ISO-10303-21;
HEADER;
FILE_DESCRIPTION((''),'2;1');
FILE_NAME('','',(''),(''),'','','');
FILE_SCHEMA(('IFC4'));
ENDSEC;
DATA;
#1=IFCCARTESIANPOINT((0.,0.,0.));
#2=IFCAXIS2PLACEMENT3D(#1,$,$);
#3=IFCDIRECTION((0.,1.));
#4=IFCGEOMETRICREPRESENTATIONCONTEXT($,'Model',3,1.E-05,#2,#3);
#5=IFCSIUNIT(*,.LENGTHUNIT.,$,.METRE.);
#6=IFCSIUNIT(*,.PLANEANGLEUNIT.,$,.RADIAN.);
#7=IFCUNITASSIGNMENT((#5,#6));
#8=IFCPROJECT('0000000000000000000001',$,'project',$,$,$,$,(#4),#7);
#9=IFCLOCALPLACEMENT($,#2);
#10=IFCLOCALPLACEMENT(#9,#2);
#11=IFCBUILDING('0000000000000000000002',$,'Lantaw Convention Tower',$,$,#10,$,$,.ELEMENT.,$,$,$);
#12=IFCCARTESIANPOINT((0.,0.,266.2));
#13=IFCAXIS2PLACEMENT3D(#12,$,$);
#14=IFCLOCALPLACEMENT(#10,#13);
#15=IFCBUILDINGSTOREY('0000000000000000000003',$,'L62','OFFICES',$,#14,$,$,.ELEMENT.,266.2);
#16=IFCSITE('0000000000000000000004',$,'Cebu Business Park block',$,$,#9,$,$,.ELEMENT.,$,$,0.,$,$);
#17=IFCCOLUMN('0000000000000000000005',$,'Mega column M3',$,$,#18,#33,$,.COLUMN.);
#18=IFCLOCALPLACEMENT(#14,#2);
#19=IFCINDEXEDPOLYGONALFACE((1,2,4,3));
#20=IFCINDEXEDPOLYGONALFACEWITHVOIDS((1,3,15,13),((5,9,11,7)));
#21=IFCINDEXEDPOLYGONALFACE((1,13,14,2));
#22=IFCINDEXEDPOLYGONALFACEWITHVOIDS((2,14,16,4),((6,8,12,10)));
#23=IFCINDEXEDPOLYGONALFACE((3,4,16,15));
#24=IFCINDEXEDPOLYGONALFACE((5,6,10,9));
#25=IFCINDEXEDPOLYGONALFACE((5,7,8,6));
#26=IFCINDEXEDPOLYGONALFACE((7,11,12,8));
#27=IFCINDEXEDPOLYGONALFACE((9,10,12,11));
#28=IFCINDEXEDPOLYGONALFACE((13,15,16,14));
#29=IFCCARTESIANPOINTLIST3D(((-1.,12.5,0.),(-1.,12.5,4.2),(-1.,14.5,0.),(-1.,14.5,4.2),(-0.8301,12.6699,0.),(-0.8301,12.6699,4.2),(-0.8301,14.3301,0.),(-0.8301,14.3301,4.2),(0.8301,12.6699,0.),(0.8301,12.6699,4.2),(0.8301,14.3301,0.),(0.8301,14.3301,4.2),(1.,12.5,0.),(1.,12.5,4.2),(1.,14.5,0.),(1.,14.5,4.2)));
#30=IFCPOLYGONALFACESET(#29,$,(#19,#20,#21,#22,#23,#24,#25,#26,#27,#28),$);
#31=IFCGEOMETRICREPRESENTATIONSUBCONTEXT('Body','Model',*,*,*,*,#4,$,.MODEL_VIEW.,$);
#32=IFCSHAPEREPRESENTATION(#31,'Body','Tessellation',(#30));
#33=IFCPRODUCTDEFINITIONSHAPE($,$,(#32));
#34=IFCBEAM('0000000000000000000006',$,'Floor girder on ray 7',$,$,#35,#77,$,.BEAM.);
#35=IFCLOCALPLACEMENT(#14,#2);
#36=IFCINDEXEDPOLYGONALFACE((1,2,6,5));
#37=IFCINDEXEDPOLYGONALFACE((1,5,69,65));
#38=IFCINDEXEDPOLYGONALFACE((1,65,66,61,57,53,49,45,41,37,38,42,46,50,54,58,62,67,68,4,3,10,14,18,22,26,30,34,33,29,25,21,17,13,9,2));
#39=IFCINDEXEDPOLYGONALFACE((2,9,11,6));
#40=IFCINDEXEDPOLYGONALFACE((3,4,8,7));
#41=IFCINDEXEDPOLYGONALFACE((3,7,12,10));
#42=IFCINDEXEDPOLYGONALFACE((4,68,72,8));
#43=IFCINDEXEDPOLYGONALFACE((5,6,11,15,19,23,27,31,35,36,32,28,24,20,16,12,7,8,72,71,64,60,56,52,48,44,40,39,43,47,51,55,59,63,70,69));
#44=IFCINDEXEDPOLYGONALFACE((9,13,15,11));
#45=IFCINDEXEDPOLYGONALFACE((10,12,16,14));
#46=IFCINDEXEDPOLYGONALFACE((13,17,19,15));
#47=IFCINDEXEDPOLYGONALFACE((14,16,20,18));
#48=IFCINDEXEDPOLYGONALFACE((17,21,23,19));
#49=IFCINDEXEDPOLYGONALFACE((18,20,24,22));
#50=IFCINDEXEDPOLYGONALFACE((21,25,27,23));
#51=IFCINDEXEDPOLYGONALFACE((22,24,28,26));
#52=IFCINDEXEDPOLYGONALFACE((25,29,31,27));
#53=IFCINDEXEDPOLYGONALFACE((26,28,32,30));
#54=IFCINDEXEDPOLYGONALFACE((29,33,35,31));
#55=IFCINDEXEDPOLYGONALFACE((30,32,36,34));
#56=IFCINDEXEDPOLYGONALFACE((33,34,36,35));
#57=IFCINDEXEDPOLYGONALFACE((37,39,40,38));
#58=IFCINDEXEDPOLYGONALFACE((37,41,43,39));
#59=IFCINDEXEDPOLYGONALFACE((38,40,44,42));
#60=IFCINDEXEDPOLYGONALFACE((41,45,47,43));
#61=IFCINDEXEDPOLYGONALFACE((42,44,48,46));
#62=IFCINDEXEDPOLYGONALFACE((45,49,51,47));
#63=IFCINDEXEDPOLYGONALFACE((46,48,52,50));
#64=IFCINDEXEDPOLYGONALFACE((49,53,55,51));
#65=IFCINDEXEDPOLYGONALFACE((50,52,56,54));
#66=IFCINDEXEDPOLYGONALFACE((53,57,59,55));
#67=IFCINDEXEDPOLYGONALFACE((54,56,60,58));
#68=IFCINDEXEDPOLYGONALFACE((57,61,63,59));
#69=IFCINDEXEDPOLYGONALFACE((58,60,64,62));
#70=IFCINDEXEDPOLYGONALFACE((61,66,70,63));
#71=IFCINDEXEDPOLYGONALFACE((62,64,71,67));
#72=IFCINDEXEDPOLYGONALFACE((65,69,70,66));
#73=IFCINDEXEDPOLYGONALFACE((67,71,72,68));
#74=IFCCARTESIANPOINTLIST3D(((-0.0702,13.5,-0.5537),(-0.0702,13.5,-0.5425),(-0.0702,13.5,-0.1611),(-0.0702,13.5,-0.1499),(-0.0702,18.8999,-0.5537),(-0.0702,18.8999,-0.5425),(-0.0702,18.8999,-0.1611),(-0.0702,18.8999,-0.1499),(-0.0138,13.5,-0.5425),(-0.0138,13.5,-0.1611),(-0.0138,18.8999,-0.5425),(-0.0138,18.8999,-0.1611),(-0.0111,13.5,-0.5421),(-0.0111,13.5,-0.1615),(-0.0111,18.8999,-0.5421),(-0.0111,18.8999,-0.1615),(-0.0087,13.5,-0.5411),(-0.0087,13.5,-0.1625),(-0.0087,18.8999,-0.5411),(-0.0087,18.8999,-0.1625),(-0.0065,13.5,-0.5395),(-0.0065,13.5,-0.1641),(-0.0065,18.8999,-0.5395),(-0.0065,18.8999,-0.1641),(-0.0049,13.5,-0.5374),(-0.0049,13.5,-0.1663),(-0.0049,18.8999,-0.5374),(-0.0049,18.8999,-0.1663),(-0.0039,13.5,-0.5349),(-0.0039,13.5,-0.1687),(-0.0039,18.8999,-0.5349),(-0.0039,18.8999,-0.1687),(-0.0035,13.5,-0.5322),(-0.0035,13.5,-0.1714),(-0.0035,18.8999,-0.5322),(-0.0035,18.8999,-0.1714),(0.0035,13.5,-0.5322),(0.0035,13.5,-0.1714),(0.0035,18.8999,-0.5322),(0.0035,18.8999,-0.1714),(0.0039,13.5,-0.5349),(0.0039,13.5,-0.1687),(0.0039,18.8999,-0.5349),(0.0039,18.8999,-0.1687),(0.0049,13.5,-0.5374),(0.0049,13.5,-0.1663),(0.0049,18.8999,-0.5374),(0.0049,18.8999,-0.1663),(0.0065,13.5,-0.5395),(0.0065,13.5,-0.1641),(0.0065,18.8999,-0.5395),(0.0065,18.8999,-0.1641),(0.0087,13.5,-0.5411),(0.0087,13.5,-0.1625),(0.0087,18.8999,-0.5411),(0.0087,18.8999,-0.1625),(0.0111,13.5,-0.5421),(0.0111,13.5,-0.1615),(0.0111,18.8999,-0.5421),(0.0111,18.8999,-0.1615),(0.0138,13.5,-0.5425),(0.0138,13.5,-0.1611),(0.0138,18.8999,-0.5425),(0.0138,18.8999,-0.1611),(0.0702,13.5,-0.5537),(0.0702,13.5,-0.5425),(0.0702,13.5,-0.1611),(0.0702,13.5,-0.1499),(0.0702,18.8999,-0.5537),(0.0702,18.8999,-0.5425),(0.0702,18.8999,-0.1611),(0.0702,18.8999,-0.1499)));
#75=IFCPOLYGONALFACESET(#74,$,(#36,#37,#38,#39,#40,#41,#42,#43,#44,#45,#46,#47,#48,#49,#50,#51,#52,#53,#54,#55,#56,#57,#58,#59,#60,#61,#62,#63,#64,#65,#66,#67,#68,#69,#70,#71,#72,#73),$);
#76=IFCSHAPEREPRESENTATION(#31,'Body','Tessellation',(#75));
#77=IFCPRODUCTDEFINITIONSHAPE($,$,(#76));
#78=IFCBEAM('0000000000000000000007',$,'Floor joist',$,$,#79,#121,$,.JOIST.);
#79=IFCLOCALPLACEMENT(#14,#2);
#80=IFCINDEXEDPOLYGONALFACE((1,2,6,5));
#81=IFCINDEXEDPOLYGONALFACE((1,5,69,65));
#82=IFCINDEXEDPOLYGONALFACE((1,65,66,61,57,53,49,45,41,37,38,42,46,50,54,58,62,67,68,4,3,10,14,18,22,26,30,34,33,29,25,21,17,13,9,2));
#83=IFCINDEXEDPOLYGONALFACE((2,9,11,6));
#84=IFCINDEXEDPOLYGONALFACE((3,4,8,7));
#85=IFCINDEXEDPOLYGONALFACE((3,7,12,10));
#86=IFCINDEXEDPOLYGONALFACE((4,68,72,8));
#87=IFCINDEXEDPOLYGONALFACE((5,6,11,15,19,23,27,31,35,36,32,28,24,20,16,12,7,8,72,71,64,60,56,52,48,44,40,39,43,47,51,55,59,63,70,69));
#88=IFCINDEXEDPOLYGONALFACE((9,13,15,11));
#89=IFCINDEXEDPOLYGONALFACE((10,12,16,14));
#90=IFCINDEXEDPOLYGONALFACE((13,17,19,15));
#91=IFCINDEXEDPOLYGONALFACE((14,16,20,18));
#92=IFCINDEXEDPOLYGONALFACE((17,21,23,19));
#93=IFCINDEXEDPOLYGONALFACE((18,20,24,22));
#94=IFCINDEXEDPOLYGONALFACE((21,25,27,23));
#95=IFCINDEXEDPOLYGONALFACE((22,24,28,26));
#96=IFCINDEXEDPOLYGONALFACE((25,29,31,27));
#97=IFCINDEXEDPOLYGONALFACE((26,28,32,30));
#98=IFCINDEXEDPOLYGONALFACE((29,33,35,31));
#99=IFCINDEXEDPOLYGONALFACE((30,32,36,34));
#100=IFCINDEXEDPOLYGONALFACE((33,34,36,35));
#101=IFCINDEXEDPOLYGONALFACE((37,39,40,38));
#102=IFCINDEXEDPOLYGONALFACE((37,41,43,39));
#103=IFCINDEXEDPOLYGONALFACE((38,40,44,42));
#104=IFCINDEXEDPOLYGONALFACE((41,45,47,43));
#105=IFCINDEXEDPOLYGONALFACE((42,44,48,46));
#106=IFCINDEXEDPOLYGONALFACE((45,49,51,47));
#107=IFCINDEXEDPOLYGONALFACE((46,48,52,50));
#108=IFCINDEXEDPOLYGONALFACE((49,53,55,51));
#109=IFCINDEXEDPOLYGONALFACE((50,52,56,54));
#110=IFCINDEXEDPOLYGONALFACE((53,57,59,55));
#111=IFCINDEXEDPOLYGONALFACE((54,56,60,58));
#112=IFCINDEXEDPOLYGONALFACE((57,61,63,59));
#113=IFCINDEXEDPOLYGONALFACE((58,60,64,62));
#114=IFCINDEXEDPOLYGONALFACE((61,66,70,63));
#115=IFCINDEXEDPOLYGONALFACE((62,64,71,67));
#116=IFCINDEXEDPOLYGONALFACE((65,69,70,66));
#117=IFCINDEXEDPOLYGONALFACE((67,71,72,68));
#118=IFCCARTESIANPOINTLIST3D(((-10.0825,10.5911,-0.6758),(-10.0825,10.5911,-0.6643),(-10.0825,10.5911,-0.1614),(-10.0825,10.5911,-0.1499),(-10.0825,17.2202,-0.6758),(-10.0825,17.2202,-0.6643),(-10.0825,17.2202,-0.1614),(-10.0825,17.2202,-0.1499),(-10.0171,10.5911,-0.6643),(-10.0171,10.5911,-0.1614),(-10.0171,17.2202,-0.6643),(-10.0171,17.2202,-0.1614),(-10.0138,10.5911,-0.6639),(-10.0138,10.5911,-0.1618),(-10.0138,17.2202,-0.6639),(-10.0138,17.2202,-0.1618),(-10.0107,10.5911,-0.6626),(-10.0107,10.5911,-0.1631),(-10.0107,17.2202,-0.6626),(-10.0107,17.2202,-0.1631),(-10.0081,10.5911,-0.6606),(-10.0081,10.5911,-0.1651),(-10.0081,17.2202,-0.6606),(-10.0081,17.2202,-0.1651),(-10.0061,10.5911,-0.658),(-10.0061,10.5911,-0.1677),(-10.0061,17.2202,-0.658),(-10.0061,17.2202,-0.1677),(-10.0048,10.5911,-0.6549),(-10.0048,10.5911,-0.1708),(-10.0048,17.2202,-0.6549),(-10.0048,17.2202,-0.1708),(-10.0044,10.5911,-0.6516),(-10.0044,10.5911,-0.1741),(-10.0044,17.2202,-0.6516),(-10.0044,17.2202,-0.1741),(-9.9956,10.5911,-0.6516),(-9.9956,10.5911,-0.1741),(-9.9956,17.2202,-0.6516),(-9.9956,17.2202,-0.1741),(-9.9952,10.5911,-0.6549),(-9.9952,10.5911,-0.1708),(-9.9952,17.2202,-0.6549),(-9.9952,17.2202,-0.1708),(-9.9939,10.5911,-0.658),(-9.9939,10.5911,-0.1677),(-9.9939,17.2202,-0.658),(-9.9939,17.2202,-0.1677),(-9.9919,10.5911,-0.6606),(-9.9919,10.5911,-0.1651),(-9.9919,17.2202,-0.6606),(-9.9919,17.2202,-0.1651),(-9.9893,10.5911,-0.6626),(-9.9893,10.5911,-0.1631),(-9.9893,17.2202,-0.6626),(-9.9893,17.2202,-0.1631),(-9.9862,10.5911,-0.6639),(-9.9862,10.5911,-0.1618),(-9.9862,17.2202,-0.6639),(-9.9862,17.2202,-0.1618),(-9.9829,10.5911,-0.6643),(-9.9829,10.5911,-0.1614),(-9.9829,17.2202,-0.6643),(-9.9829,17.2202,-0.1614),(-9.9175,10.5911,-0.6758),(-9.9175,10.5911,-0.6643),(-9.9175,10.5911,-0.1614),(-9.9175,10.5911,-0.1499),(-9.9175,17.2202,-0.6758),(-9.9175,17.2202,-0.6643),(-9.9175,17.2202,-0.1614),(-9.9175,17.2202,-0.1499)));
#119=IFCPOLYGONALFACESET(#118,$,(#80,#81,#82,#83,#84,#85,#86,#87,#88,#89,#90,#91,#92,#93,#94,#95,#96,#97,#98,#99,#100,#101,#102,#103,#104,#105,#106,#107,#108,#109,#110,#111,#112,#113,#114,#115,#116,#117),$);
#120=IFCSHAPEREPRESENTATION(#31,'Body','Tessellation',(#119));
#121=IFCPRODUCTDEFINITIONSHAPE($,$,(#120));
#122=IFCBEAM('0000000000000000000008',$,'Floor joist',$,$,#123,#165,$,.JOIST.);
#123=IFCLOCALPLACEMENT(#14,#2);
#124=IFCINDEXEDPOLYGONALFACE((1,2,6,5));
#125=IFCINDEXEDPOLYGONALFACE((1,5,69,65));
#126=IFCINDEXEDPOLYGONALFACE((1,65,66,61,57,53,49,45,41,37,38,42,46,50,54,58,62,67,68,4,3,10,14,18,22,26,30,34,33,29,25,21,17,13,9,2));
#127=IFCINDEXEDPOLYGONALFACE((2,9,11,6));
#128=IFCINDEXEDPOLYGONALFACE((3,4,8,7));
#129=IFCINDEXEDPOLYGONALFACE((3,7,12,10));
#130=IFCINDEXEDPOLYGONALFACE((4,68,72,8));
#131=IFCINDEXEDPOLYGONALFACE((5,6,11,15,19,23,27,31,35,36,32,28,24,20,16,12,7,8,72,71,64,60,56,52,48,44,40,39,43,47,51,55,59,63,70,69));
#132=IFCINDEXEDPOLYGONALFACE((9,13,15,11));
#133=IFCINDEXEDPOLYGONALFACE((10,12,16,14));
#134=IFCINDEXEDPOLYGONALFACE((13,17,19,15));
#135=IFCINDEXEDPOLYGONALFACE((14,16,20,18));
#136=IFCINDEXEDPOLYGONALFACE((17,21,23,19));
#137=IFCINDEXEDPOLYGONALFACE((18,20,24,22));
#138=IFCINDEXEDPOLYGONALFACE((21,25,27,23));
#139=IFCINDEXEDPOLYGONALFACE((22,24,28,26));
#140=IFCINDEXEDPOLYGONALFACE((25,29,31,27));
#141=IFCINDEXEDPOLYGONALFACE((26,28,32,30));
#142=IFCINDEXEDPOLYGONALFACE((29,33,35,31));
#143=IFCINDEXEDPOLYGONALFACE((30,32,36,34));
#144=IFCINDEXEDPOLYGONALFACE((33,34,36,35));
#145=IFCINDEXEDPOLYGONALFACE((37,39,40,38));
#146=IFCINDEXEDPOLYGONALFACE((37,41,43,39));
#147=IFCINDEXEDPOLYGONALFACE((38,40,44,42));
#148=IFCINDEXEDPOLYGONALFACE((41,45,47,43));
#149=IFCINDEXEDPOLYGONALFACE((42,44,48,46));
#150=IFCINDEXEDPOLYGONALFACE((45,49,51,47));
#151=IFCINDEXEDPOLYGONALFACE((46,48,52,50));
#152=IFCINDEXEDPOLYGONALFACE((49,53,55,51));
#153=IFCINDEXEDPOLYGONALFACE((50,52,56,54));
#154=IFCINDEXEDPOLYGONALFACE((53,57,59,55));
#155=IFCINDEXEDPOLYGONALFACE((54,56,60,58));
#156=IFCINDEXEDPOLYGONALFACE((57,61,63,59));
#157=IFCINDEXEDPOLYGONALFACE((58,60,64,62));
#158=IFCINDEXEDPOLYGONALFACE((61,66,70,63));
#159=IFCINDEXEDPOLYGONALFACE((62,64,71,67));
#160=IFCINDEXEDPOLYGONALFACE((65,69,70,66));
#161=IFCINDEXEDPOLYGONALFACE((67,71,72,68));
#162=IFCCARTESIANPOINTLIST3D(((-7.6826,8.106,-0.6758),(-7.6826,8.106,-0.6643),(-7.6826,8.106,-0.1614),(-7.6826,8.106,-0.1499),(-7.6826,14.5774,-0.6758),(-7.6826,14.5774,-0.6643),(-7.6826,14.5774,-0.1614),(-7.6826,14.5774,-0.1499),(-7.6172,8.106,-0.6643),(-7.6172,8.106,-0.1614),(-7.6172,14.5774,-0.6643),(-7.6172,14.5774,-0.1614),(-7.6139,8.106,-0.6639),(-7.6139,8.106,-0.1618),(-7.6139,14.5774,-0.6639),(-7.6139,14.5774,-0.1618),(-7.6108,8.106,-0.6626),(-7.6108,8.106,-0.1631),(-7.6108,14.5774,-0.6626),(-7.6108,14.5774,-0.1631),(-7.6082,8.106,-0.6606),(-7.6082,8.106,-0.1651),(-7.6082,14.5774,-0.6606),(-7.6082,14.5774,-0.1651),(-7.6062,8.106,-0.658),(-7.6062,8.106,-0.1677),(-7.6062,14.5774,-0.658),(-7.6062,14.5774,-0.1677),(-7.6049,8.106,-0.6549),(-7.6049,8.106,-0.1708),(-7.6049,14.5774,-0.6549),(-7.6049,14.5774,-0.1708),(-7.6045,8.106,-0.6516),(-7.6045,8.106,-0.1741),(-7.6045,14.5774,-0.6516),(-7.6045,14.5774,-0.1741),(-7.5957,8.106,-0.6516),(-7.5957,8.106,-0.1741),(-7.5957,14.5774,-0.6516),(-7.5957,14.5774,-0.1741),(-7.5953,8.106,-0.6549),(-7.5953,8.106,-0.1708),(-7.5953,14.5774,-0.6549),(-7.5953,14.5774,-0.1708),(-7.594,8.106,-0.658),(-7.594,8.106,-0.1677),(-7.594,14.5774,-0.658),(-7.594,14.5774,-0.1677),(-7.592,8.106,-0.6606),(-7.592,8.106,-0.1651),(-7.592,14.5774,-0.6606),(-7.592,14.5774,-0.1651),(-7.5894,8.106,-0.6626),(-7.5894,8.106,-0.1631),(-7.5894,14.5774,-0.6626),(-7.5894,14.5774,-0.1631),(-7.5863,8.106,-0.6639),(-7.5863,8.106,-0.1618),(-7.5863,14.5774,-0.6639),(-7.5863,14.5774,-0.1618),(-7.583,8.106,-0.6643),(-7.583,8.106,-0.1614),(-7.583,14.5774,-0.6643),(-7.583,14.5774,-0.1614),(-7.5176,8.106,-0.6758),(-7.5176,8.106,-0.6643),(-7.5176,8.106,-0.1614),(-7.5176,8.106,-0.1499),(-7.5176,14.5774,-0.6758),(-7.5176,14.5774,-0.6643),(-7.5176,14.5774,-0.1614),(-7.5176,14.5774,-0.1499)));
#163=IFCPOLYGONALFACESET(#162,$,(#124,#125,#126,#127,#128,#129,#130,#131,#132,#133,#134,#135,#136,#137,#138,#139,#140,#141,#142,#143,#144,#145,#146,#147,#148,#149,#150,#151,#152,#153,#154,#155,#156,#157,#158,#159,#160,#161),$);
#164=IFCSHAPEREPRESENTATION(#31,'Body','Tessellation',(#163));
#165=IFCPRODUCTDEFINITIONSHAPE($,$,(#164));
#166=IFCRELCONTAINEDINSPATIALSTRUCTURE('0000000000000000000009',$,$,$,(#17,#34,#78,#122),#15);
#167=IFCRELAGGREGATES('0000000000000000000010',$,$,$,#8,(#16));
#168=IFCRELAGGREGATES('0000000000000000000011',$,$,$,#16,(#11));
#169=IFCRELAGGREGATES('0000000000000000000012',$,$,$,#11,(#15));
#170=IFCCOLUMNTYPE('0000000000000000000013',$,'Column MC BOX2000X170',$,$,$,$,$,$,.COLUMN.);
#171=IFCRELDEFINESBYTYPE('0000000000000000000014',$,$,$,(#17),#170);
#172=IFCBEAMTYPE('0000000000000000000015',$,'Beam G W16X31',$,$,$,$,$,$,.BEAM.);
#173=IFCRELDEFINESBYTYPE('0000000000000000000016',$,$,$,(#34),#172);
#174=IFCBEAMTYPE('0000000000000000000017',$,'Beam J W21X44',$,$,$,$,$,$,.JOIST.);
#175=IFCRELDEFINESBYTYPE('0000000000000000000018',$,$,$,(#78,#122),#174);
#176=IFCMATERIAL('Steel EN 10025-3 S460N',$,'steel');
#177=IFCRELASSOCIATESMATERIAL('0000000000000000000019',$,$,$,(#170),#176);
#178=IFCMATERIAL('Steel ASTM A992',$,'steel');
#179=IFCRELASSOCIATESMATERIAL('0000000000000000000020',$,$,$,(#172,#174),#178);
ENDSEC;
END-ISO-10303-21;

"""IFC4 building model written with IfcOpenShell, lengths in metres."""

from ifc_helpers import new_model, si_unit, direction, frame, origin, origin_2d, place, context, subcontext, project, spatial, rectangle, hollow_rectangle, i_section, extrude, material, material_profile, profile_set, type_object, element, save


model = new_model("IFC4")

# Units and contexts
model_context = context("Model", 3, precision=1e-05, world=origin(), true_north=direction((0.0, 1.0)))
body_context = subcontext(model_context, "Body", "Model", "MODEL_VIEW")
ifc_project = project(units=[si_unit("LENGTHUNIT", "METRE"), si_unit("PLANEANGLEUNIT", "RADIAN")], contexts=[model_context])

# Site, building, storey
site_placement = place(None, origin())
site = spatial("IfcSite", under=ifc_project, at=site_placement, Name="Cebu Business Park block", CompositionType="ELEMENT", RefElevation=0.0)
building_placement = place(site_placement, origin())
building = spatial("IfcBuilding", under=site, at=building_placement, Name="Lantaw Convention Tower", CompositionType="ELEMENT")
storey_placement = place(building_placement, frame((0.0, 0.0, 266.2)))
storey = spatial("IfcBuildingStorey", under=building, at=storey_placement, Name="L62", Description="OFFICES", CompositionType="ELEMENT", Elevation=266.2)

# Column
ifc_material_1 = material(Name="Steel EN 10025-3 S460N", Category="steel")
ifc_material_profile_1 = material_profile(ifc_material_1, hollow_rectangle(XDim=2.0, YDim=2.0, WallThickness=0.1699, at=origin_2d()), Name="BOX2000X170")
ifc_material_2 = material(Name="Concrete C60/75", Category="concrete")
ifc_material_profile_2 = material_profile(ifc_material_2, rectangle(XDim=1.6599, YDim=1.6599, at=origin_2d()), Name="Concrete fill of BOX2000X170")
ifc_profile_set_1 = profile_set([ifc_material_profile_1, ifc_material_profile_2], Name="Steel EN 10025-3 S460N")
column_type = type_object("IfcColumnType", Name="Column MC BOX2000X170", PredefinedType="COLUMN", material=ifc_profile_set_1)
column_placement = place(storey_placement, frame((0.0, 13.5, 0.0), z_axis=(0.0, 0.0, 1.0), x_axis=(1.0, 0.0, 0.0)))
element("IfcColumn", 1, at=column_placement, inside=storey, type_object=column_type, Name="Mega column M3", PredefinedType="COLUMN", context=body_context, shape_type="SweptSolid", body=[
    extrude(hollow_rectangle(XDim=2.0, YDim=2.0, WallThickness=0.1699, at=origin_2d()), origin(), (0.0, 0.0, 1.0), 4.2),
])

# Beams
ifc_material_3 = material(Name="Steel ASTM A992", Category="steel")
ifc_material_profile_3 = material_profile(ifc_material_3, i_section(OverallWidth=0.1404, OverallDepth=0.4038, WebThickness=0.0071, FlangeThickness=0.0112, FilletRadius=0.0103, at=origin_2d()), Name="W16X31")
ifc_profile_set_2 = profile_set([ifc_material_profile_3], Name="Steel ASTM A992")
beam_type_1 = type_object("IfcBeamType", Name="Beam G W16X31", PredefinedType="BEAM", material=ifc_profile_set_2)
beam_1_placement = place(storey_placement, frame((0.0, 13.5, -0.3518), z_axis=(0.0, 1.0, 0.0), x_axis=(-1.0, 0.0, 0.0)))
element("IfcBeam", 2, at=beam_1_placement, inside=storey, type_object=beam_type_1, Name="Floor girder on ray 7", PredefinedType="BEAM", context=body_context, shape_type="SweptSolid", body=[
    extrude(i_section(OverallWidth=0.1404, OverallDepth=0.4038, WebThickness=0.0071, FlangeThickness=0.0112, FilletRadius=0.0103, at=origin_2d()), origin(), (0.0, 0.0, 1.0), 5.3999),
])
ifc_material_profile_4 = material_profile(ifc_material_3, i_section(OverallWidth=0.165, OverallDepth=0.5259, WebThickness=0.0088, FlangeThickness=0.0115, FilletRadius=0.0127, at=origin_2d()), Name="W21X44")
ifc_profile_set_3 = profile_set([ifc_material_profile_4], Name="Steel ASTM A992")
beam_type_2 = type_object("IfcBeamType", Name="Beam J W21X44", PredefinedType="JOIST", material=ifc_profile_set_3)
beam_2_placement = place(storey_placement, frame((-10.0, 10.5911, -0.4128), z_axis=(0.0, 1.0, 0.0), x_axis=(-1.0, 0.0, 0.0)))
element("IfcBeam", 3, at=beam_2_placement, inside=storey, type_object=beam_type_2, Name="Floor joist", PredefinedType="JOIST", context=body_context, shape_type="SweptSolid", body=[
    extrude(i_section(OverallWidth=0.165, OverallDepth=0.5259, WebThickness=0.0088, FlangeThickness=0.0115, FilletRadius=0.0127, at=origin_2d()), origin(), (0.0, 0.0, 1.0), 6.6292),
])
beam_3_placement = place(storey_placement, frame((-7.6001, 8.106, -0.4128), z_axis=(0.0, 1.0, 0.0), x_axis=(-1.0, 0.0, 0.0)))
element("IfcBeam", 4, at=beam_3_placement, inside=storey, type_object=beam_type_2, Name="Floor joist", PredefinedType="JOIST", context=body_context, shape_type="SweptSolid", body=[
    extrude(i_section(OverallWidth=0.165, OverallDepth=0.5259, WebThickness=0.0088, FlangeThickness=0.0115, FilletRadius=0.0127, at=origin_2d()), origin(), (0.0, 0.0, 1.0), 6.4714),
])

save(model, "model.ifc")
